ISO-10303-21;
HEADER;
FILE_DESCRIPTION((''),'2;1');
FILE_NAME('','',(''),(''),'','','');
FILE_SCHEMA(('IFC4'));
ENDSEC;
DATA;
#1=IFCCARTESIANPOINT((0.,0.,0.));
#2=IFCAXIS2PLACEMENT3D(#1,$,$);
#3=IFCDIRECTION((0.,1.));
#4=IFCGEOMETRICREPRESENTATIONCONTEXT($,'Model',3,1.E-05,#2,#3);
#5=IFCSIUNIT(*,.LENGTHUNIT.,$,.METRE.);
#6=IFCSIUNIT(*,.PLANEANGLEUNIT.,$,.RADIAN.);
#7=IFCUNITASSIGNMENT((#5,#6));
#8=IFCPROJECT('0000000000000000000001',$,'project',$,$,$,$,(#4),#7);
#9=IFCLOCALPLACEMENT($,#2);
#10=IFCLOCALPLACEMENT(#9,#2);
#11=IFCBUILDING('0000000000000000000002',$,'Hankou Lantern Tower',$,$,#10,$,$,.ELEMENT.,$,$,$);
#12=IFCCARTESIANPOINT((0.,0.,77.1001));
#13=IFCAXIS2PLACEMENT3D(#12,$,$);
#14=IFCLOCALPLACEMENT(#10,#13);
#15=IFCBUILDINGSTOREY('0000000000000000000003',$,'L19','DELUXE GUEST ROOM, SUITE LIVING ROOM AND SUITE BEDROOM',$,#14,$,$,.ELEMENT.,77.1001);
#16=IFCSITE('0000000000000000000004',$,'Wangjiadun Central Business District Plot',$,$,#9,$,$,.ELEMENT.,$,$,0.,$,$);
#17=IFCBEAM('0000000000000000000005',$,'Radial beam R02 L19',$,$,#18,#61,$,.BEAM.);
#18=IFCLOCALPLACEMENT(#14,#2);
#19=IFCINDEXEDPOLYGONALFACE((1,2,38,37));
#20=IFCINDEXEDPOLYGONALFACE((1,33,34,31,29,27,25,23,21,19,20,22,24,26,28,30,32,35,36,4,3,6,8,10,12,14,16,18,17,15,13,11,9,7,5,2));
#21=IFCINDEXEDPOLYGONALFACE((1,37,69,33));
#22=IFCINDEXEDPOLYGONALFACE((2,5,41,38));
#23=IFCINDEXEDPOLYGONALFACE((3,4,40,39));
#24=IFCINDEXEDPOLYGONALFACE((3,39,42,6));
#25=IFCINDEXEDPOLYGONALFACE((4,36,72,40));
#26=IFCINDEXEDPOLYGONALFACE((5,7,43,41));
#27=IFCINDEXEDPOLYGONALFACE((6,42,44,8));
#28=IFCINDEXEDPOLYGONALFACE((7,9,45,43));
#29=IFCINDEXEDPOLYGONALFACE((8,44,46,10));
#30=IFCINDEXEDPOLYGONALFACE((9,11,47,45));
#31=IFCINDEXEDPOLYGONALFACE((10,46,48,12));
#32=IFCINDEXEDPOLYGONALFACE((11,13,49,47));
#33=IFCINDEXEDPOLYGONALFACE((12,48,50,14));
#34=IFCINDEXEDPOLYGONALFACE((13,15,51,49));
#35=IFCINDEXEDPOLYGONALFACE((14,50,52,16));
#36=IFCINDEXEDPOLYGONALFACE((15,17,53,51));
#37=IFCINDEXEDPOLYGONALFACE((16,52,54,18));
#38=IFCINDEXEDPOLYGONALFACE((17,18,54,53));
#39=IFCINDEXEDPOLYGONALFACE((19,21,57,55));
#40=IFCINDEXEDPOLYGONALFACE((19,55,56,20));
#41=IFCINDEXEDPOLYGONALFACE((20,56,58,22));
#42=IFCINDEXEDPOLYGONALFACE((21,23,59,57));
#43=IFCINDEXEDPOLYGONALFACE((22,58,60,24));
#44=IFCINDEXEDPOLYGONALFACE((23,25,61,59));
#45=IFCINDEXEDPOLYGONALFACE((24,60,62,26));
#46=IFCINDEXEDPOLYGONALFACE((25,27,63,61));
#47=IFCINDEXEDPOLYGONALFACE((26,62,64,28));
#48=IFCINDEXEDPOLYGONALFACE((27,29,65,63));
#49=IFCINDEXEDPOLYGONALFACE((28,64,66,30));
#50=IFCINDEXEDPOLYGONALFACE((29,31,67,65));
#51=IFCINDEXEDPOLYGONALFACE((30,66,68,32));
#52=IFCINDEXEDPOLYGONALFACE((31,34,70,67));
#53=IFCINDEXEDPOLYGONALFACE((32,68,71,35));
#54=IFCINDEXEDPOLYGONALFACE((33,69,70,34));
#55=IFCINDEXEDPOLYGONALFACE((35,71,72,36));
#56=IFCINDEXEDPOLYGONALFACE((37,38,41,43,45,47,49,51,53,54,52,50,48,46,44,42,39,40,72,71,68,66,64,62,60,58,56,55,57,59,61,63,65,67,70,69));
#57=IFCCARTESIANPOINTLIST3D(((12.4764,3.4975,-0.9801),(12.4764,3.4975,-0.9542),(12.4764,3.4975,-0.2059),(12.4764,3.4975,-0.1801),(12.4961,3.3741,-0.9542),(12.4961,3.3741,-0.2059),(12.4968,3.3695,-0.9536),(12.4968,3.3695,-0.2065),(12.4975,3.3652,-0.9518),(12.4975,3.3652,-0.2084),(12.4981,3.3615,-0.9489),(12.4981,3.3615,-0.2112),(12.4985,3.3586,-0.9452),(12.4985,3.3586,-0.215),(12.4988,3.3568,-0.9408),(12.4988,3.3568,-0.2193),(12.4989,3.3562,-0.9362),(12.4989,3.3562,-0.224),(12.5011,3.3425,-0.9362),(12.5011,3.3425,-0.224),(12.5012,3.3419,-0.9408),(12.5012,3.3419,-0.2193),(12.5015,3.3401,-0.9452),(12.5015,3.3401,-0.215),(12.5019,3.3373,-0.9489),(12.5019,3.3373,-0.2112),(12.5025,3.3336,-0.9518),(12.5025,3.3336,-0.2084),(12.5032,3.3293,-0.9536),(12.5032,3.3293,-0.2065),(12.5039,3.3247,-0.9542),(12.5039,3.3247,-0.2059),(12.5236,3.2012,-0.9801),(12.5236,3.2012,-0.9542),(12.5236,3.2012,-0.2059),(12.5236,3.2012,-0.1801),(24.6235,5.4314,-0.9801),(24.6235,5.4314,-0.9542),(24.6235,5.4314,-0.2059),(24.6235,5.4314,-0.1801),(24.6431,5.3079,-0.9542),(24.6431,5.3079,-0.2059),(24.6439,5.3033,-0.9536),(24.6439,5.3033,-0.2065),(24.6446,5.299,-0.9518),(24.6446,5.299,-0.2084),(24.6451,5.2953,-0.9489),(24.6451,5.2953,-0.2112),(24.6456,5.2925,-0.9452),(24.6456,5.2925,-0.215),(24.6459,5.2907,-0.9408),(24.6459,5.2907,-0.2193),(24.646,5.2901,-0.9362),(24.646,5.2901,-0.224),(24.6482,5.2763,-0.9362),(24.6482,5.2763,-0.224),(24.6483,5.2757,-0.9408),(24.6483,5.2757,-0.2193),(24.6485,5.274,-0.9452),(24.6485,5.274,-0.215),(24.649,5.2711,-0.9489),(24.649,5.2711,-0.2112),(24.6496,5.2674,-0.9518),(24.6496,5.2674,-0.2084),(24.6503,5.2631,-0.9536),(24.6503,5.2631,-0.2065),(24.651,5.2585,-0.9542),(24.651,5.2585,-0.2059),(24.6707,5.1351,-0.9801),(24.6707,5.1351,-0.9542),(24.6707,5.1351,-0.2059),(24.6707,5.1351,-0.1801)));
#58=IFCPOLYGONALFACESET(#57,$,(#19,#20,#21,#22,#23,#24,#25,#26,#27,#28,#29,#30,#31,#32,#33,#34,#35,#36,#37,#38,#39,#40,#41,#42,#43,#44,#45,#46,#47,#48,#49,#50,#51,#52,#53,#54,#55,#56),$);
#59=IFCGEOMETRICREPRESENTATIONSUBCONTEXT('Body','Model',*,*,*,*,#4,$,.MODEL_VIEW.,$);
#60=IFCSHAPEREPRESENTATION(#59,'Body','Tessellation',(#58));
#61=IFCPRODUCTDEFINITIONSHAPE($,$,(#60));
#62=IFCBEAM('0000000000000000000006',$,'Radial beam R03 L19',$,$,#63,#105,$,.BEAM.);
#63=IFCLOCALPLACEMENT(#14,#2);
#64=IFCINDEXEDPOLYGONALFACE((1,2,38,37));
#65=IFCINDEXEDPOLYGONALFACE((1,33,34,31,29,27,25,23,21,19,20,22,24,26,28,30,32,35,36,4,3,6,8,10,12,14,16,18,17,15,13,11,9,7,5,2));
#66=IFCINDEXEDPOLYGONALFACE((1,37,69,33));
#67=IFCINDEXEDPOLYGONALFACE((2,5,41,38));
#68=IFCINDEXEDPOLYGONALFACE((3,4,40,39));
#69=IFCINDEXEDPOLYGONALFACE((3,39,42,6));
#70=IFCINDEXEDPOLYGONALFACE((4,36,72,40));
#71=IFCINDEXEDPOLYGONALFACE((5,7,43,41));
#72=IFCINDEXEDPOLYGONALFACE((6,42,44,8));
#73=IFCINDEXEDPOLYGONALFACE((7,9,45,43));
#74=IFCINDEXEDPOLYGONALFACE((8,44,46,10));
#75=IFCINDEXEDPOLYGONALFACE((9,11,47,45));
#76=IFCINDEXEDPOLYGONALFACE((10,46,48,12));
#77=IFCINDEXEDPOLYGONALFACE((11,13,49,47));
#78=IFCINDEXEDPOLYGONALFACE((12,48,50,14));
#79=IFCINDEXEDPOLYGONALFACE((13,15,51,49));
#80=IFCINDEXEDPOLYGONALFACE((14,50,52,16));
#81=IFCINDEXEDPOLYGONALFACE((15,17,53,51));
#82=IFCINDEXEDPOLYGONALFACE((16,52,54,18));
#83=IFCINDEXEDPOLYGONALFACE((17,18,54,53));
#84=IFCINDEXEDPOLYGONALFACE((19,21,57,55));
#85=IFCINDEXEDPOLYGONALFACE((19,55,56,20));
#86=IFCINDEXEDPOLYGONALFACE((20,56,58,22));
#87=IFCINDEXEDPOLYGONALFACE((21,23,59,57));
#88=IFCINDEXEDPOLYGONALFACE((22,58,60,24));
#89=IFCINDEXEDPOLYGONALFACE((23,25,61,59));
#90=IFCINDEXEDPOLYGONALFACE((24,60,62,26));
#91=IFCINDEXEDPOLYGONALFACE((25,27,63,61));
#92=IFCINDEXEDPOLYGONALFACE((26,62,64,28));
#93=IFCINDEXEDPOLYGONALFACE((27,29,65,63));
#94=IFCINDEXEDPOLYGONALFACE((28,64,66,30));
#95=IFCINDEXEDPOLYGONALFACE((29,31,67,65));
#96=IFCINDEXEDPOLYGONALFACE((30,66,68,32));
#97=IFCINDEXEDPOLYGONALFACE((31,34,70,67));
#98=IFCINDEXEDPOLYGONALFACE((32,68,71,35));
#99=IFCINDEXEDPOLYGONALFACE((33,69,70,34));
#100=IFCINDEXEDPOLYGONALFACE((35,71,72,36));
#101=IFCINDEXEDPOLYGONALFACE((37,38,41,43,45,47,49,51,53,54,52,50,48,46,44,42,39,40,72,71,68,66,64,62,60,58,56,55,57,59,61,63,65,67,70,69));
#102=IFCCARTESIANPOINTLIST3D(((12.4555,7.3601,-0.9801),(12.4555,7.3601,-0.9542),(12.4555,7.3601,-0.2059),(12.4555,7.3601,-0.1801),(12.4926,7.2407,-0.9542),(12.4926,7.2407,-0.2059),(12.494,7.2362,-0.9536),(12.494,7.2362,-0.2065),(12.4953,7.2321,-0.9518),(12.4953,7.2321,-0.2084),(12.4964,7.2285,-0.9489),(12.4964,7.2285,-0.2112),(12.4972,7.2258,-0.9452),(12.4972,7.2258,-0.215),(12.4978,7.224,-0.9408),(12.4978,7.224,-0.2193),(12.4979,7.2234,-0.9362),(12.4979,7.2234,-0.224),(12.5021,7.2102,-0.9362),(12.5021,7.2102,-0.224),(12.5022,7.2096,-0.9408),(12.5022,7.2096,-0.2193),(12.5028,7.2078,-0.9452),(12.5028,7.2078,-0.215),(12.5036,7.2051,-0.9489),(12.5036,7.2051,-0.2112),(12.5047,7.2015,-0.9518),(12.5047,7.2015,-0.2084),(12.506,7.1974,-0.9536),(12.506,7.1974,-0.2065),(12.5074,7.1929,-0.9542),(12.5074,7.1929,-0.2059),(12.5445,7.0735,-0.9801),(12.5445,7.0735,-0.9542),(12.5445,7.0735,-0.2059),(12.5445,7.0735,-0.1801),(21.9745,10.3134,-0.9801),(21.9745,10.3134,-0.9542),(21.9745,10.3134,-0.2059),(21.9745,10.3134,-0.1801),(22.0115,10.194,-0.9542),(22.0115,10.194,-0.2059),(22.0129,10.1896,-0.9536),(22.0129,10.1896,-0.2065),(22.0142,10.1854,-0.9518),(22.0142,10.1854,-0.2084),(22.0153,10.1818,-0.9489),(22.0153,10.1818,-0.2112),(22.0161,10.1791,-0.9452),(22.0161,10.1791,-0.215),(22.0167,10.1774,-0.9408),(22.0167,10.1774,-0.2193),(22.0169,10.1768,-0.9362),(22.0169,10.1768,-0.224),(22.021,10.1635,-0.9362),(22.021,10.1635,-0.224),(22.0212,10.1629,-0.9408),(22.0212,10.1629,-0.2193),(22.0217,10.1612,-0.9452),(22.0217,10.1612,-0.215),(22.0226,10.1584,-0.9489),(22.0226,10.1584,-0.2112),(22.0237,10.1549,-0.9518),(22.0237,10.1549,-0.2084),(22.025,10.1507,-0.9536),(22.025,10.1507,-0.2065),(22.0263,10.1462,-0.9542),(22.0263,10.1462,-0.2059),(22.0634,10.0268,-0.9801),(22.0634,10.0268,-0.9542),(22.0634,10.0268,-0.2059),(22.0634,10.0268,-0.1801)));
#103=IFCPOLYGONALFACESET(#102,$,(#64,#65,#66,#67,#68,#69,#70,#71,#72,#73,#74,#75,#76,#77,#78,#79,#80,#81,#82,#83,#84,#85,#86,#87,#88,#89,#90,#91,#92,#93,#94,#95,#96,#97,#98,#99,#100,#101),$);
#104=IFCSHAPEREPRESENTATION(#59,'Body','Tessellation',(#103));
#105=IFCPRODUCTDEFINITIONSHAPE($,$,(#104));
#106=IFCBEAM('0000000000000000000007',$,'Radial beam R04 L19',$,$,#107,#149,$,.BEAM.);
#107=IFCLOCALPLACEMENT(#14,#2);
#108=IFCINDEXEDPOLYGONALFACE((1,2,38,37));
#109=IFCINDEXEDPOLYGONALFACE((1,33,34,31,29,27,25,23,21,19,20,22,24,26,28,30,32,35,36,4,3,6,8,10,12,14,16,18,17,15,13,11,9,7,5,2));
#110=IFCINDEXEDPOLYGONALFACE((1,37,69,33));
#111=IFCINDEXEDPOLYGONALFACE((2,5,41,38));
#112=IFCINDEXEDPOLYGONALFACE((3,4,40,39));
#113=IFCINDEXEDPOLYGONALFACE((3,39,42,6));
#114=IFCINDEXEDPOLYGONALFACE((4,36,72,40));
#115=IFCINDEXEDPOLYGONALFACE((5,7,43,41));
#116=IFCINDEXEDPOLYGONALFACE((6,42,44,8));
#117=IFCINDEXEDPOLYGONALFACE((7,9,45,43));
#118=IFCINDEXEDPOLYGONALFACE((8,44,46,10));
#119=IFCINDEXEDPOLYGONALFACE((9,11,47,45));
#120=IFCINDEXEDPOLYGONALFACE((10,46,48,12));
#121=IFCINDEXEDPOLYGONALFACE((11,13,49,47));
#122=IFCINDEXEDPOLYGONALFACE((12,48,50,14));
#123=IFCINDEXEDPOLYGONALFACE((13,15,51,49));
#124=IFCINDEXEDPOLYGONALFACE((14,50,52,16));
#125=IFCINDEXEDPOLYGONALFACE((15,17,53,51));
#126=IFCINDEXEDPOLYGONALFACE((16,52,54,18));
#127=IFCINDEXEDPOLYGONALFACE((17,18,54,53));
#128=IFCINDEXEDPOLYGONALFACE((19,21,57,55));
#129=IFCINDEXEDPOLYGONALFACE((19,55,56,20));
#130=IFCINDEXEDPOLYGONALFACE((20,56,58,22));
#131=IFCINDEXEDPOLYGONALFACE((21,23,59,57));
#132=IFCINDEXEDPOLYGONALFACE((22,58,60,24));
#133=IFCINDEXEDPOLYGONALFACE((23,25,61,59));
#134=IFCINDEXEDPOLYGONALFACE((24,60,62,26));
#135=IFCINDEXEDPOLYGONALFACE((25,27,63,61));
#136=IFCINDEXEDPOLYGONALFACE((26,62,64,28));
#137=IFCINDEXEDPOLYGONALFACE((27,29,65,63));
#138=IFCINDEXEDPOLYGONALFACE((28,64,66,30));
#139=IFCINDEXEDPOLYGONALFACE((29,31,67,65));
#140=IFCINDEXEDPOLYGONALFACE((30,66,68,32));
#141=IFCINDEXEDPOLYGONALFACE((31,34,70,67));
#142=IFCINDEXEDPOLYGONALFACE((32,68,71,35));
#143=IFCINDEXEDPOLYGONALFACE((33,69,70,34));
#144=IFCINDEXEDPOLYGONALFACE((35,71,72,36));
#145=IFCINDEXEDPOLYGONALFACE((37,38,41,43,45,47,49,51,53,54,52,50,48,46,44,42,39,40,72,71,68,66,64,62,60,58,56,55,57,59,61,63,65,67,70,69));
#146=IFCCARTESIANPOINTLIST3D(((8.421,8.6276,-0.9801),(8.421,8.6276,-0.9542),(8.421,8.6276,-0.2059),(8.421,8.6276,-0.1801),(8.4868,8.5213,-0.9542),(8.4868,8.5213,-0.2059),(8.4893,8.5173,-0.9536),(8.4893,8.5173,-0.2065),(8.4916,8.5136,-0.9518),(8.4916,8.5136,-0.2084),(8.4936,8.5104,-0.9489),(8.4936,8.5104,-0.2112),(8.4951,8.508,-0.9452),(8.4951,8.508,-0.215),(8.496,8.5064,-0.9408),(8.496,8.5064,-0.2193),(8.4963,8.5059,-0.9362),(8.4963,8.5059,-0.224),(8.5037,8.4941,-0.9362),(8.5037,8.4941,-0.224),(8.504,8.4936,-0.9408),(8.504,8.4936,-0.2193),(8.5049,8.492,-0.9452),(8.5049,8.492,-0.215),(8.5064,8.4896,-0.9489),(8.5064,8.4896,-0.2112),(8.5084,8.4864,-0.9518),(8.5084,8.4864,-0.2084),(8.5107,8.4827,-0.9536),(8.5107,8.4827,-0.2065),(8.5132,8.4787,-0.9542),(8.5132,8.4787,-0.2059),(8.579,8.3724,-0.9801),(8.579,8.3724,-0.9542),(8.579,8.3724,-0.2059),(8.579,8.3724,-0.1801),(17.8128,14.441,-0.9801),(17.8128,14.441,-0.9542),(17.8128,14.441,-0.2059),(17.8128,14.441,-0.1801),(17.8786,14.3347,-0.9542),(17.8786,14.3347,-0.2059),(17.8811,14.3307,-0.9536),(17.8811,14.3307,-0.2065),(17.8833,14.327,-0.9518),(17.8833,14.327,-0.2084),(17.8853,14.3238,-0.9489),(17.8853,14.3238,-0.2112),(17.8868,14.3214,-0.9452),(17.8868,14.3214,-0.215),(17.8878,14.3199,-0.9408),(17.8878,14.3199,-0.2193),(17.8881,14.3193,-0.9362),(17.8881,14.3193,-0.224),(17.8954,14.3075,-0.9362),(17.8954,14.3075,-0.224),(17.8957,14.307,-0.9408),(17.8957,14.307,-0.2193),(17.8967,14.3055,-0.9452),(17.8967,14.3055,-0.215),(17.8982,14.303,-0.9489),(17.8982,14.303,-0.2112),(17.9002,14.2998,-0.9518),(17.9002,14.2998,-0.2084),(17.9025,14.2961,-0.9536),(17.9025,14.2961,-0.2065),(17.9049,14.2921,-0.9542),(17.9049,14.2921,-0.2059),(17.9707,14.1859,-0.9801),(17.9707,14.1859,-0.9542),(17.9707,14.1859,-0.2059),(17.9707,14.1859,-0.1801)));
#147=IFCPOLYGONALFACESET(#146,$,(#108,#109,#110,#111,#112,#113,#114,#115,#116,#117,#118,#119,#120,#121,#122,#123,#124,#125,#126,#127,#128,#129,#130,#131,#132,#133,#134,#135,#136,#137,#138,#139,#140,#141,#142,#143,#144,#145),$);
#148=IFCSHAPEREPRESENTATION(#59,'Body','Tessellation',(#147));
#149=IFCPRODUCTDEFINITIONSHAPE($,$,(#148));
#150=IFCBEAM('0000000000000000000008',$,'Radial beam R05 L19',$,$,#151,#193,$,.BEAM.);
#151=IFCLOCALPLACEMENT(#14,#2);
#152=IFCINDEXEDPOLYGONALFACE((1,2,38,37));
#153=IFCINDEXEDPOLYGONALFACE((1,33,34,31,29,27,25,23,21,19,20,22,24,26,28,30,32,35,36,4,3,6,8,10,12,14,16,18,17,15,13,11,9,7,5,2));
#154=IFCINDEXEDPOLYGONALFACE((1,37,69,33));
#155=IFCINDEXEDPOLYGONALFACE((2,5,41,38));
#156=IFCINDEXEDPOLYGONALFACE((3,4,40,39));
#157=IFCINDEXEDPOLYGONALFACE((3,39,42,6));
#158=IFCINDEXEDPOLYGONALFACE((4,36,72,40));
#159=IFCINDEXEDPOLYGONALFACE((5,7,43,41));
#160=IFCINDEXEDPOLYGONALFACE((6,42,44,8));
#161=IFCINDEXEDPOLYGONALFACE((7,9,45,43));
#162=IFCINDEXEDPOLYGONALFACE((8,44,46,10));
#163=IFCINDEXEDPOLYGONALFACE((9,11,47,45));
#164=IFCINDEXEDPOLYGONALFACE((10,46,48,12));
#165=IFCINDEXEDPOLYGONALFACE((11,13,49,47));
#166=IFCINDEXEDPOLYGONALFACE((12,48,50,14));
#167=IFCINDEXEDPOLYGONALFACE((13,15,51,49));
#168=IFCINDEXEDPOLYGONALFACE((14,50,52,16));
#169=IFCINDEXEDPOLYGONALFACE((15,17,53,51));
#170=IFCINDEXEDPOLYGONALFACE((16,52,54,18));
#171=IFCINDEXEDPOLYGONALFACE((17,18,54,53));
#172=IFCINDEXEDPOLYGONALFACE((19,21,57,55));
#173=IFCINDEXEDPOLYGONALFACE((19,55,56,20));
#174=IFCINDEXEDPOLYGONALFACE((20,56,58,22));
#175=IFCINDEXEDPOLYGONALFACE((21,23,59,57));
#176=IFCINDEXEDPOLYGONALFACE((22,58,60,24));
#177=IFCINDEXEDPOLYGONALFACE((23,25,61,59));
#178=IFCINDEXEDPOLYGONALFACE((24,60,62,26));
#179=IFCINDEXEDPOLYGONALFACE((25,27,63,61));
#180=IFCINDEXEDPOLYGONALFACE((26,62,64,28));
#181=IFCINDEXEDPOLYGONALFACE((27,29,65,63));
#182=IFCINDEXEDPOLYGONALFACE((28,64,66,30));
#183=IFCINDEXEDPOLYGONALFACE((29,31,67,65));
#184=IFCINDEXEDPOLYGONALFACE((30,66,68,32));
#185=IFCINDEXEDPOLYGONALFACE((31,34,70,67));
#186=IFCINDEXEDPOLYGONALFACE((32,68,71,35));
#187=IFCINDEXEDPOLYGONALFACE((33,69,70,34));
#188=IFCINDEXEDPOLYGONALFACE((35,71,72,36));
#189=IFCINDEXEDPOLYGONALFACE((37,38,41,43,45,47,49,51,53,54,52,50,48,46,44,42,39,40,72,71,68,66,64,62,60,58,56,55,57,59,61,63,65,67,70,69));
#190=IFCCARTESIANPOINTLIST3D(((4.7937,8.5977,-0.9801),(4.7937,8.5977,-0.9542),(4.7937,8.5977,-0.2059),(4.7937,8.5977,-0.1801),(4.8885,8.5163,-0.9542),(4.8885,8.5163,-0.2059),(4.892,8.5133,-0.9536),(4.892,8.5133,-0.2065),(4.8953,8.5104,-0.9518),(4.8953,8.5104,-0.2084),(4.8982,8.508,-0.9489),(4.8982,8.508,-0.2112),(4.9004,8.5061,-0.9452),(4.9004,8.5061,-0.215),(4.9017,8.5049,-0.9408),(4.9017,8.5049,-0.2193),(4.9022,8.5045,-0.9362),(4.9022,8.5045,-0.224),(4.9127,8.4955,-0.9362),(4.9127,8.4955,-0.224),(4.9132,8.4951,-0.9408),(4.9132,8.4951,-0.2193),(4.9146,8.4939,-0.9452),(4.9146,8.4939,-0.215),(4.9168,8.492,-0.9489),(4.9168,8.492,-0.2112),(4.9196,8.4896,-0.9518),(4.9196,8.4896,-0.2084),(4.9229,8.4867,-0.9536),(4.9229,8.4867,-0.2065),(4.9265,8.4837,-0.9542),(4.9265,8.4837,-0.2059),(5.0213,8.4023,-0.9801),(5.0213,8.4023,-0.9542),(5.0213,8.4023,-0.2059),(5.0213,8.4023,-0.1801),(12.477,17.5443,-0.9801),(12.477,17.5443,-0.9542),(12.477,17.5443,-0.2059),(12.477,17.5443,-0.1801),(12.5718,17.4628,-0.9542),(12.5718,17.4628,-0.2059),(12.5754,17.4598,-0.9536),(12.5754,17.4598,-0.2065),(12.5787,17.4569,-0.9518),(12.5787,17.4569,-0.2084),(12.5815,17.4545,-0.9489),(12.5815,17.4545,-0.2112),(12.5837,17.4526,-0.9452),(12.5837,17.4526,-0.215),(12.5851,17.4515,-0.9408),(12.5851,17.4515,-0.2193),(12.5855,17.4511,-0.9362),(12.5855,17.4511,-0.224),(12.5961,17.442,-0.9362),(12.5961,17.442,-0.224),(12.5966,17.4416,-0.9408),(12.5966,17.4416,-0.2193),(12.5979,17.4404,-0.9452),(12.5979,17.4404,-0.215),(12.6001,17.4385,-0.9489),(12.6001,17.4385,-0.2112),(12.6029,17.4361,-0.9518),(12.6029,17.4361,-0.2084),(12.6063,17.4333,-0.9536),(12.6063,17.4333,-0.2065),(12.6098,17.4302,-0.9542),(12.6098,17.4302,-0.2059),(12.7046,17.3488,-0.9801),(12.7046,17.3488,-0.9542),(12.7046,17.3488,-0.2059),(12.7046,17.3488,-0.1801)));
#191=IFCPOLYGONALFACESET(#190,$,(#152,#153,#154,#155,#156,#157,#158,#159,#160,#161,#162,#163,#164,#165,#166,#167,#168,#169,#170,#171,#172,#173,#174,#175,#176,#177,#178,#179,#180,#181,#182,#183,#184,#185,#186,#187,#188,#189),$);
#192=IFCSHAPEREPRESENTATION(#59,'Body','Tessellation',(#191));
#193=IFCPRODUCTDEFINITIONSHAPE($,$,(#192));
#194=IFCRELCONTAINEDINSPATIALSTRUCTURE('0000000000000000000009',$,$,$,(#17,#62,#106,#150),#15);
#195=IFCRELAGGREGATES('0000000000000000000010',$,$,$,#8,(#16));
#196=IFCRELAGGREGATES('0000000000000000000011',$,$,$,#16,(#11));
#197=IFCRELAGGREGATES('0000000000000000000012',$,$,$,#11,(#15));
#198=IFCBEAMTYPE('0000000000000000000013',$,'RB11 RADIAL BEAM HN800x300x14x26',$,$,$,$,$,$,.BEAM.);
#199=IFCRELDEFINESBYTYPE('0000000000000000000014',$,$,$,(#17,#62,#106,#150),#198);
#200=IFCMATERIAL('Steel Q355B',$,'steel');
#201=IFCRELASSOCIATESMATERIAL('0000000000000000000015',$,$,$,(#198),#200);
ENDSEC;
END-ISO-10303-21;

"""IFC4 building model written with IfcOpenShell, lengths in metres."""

from ifc_helpers import new_model, si_unit, direction, frame, origin, origin_2d, place, context, subcontext, project, spatial, i_section, extrude, material, material_profile, profile_set, type_object, element, save


model = new_model("IFC4")

# Units and contexts
model_context = context("Model", 3, precision=1e-05, world=origin(), true_north=direction((0.0, 1.0)))
body_context = subcontext(model_context, "Body", "Model", "MODEL_VIEW")
ifc_project = project(units=[si_unit("LENGTHUNIT", "METRE"), si_unit("PLANEANGLEUNIT", "RADIAN")], contexts=[model_context])

# Site, building, storey
site_placement = place(None, origin())
site = spatial("IfcSite", under=ifc_project, at=site_placement, Name="Wangjiadun Central Business District Plot", CompositionType="ELEMENT", RefElevation=0.0)
building_placement = place(site_placement, origin())
building = spatial("IfcBuilding", under=site, at=building_placement, Name="Hankou Lantern Tower", CompositionType="ELEMENT")
storey_placement = place(building_placement, frame((0.0, 0.0, 77.1001)))
storey = spatial("IfcBuildingStorey", under=building, at=storey_placement, Name="L19", Description="DELUXE GUEST ROOM, SUITE LIVING ROOM AND SUITE BEDROOM", CompositionType="ELEMENT", Elevation=77.1001)

# Beams
ifc_material_1 = material(Name="Steel Q355B", Category="steel")
ifc_material_profile_1 = material_profile(ifc_material_1, i_section(OverallWidth=0.3, OverallDepth=0.8, WebThickness=0.0139, FlangeThickness=0.0259, FilletRadius=0.0181, at=origin_2d()), Name="HN800x300x14x26")
ifc_profile_set_1 = profile_set([ifc_material_profile_1], Name="Steel Q355B")
beam_type_1 = type_object("IfcBeamType", Name="RB11 RADIAL BEAM HN800x300x14x26", PredefinedType="BEAM", material=ifc_profile_set_1)
beam_1_placement = place(storey_placement, frame((12.5, 3.3494, -0.5801), z_axis=(0.987563, 0.157223, 0.0), x_axis=(-0.157223, 0.987563, 0.0)))
element("IfcBeam", 1, at=beam_1_placement, inside=storey, type_object=beam_type_1, Name="Radial beam R02 L19", PredefinedType="BEAM", context=body_context, shape_type="SweptSolid", body=[
    extrude(i_section(OverallWidth=0.3, OverallDepth=0.8, WebThickness=0.0139, FlangeThickness=0.0259, FilletRadius=0.0181, at=origin_2d()), origin(), (0.0, 0.0, 1.0), 12.3),
])
beam_2_placement = place(storey_placement, frame((12.5, 7.2168, -0.5801), z_axis=(0.955087, 0.296324, 0.0), x_axis=(-0.296324, 0.955087, 0.0)))
element("IfcBeam", 2, at=beam_2_placement, inside=storey, type_object=beam_type_1, Name="Radial beam R03 L19", PredefinedType="BEAM", context=body_context, shape_type="SweptSolid", body=[
    extrude(i_section(OverallWidth=0.3, OverallDepth=0.8, WebThickness=0.0139, FlangeThickness=0.0259, FilletRadius=0.0181, at=origin_2d()), origin(), (0.0, 0.0, 1.0), 9.9666),
])
beam_3_placement = place(storey_placement, frame((8.5, 8.5, -0.5801), z_axis=(0.850286, 0.52632, 0.0), x_axis=(-0.52632, 0.850286, 0.0)))
element("IfcBeam", 3, at=beam_3_placement, inside=storey, type_object=beam_type_1, Name="Radial beam R04 L19", PredefinedType="BEAM", context=body_context, shape_type="SweptSolid", body=[
    extrude(i_section(OverallWidth=0.3, OverallDepth=0.8, WebThickness=0.0139, FlangeThickness=0.0259, FilletRadius=0.0181, at=origin_2d()), origin(), (0.0, 0.0, 1.0), 11.0454),
])
beam_4_placement = place(storey_placement, frame((4.9075, 8.5, -0.5801), z_axis=(0.651519, 0.758632, 0.0), x_axis=(-0.758632, 0.651519, 0.0)))
element("IfcBeam", 4, at=beam_4_placement, inside=storey, type_object=beam_type_1, Name="Radial beam R05 L19", PredefinedType="BEAM", context=body_context, shape_type="SweptSolid", body=[
    extrude(i_section(OverallWidth=0.3, OverallDepth=0.8, WebThickness=0.0139, FlangeThickness=0.0259, FilletRadius=0.0181, at=origin_2d()), origin(), (0.0, 0.0, 1.0), 11.793),
])

save(model, "model.ifc")
